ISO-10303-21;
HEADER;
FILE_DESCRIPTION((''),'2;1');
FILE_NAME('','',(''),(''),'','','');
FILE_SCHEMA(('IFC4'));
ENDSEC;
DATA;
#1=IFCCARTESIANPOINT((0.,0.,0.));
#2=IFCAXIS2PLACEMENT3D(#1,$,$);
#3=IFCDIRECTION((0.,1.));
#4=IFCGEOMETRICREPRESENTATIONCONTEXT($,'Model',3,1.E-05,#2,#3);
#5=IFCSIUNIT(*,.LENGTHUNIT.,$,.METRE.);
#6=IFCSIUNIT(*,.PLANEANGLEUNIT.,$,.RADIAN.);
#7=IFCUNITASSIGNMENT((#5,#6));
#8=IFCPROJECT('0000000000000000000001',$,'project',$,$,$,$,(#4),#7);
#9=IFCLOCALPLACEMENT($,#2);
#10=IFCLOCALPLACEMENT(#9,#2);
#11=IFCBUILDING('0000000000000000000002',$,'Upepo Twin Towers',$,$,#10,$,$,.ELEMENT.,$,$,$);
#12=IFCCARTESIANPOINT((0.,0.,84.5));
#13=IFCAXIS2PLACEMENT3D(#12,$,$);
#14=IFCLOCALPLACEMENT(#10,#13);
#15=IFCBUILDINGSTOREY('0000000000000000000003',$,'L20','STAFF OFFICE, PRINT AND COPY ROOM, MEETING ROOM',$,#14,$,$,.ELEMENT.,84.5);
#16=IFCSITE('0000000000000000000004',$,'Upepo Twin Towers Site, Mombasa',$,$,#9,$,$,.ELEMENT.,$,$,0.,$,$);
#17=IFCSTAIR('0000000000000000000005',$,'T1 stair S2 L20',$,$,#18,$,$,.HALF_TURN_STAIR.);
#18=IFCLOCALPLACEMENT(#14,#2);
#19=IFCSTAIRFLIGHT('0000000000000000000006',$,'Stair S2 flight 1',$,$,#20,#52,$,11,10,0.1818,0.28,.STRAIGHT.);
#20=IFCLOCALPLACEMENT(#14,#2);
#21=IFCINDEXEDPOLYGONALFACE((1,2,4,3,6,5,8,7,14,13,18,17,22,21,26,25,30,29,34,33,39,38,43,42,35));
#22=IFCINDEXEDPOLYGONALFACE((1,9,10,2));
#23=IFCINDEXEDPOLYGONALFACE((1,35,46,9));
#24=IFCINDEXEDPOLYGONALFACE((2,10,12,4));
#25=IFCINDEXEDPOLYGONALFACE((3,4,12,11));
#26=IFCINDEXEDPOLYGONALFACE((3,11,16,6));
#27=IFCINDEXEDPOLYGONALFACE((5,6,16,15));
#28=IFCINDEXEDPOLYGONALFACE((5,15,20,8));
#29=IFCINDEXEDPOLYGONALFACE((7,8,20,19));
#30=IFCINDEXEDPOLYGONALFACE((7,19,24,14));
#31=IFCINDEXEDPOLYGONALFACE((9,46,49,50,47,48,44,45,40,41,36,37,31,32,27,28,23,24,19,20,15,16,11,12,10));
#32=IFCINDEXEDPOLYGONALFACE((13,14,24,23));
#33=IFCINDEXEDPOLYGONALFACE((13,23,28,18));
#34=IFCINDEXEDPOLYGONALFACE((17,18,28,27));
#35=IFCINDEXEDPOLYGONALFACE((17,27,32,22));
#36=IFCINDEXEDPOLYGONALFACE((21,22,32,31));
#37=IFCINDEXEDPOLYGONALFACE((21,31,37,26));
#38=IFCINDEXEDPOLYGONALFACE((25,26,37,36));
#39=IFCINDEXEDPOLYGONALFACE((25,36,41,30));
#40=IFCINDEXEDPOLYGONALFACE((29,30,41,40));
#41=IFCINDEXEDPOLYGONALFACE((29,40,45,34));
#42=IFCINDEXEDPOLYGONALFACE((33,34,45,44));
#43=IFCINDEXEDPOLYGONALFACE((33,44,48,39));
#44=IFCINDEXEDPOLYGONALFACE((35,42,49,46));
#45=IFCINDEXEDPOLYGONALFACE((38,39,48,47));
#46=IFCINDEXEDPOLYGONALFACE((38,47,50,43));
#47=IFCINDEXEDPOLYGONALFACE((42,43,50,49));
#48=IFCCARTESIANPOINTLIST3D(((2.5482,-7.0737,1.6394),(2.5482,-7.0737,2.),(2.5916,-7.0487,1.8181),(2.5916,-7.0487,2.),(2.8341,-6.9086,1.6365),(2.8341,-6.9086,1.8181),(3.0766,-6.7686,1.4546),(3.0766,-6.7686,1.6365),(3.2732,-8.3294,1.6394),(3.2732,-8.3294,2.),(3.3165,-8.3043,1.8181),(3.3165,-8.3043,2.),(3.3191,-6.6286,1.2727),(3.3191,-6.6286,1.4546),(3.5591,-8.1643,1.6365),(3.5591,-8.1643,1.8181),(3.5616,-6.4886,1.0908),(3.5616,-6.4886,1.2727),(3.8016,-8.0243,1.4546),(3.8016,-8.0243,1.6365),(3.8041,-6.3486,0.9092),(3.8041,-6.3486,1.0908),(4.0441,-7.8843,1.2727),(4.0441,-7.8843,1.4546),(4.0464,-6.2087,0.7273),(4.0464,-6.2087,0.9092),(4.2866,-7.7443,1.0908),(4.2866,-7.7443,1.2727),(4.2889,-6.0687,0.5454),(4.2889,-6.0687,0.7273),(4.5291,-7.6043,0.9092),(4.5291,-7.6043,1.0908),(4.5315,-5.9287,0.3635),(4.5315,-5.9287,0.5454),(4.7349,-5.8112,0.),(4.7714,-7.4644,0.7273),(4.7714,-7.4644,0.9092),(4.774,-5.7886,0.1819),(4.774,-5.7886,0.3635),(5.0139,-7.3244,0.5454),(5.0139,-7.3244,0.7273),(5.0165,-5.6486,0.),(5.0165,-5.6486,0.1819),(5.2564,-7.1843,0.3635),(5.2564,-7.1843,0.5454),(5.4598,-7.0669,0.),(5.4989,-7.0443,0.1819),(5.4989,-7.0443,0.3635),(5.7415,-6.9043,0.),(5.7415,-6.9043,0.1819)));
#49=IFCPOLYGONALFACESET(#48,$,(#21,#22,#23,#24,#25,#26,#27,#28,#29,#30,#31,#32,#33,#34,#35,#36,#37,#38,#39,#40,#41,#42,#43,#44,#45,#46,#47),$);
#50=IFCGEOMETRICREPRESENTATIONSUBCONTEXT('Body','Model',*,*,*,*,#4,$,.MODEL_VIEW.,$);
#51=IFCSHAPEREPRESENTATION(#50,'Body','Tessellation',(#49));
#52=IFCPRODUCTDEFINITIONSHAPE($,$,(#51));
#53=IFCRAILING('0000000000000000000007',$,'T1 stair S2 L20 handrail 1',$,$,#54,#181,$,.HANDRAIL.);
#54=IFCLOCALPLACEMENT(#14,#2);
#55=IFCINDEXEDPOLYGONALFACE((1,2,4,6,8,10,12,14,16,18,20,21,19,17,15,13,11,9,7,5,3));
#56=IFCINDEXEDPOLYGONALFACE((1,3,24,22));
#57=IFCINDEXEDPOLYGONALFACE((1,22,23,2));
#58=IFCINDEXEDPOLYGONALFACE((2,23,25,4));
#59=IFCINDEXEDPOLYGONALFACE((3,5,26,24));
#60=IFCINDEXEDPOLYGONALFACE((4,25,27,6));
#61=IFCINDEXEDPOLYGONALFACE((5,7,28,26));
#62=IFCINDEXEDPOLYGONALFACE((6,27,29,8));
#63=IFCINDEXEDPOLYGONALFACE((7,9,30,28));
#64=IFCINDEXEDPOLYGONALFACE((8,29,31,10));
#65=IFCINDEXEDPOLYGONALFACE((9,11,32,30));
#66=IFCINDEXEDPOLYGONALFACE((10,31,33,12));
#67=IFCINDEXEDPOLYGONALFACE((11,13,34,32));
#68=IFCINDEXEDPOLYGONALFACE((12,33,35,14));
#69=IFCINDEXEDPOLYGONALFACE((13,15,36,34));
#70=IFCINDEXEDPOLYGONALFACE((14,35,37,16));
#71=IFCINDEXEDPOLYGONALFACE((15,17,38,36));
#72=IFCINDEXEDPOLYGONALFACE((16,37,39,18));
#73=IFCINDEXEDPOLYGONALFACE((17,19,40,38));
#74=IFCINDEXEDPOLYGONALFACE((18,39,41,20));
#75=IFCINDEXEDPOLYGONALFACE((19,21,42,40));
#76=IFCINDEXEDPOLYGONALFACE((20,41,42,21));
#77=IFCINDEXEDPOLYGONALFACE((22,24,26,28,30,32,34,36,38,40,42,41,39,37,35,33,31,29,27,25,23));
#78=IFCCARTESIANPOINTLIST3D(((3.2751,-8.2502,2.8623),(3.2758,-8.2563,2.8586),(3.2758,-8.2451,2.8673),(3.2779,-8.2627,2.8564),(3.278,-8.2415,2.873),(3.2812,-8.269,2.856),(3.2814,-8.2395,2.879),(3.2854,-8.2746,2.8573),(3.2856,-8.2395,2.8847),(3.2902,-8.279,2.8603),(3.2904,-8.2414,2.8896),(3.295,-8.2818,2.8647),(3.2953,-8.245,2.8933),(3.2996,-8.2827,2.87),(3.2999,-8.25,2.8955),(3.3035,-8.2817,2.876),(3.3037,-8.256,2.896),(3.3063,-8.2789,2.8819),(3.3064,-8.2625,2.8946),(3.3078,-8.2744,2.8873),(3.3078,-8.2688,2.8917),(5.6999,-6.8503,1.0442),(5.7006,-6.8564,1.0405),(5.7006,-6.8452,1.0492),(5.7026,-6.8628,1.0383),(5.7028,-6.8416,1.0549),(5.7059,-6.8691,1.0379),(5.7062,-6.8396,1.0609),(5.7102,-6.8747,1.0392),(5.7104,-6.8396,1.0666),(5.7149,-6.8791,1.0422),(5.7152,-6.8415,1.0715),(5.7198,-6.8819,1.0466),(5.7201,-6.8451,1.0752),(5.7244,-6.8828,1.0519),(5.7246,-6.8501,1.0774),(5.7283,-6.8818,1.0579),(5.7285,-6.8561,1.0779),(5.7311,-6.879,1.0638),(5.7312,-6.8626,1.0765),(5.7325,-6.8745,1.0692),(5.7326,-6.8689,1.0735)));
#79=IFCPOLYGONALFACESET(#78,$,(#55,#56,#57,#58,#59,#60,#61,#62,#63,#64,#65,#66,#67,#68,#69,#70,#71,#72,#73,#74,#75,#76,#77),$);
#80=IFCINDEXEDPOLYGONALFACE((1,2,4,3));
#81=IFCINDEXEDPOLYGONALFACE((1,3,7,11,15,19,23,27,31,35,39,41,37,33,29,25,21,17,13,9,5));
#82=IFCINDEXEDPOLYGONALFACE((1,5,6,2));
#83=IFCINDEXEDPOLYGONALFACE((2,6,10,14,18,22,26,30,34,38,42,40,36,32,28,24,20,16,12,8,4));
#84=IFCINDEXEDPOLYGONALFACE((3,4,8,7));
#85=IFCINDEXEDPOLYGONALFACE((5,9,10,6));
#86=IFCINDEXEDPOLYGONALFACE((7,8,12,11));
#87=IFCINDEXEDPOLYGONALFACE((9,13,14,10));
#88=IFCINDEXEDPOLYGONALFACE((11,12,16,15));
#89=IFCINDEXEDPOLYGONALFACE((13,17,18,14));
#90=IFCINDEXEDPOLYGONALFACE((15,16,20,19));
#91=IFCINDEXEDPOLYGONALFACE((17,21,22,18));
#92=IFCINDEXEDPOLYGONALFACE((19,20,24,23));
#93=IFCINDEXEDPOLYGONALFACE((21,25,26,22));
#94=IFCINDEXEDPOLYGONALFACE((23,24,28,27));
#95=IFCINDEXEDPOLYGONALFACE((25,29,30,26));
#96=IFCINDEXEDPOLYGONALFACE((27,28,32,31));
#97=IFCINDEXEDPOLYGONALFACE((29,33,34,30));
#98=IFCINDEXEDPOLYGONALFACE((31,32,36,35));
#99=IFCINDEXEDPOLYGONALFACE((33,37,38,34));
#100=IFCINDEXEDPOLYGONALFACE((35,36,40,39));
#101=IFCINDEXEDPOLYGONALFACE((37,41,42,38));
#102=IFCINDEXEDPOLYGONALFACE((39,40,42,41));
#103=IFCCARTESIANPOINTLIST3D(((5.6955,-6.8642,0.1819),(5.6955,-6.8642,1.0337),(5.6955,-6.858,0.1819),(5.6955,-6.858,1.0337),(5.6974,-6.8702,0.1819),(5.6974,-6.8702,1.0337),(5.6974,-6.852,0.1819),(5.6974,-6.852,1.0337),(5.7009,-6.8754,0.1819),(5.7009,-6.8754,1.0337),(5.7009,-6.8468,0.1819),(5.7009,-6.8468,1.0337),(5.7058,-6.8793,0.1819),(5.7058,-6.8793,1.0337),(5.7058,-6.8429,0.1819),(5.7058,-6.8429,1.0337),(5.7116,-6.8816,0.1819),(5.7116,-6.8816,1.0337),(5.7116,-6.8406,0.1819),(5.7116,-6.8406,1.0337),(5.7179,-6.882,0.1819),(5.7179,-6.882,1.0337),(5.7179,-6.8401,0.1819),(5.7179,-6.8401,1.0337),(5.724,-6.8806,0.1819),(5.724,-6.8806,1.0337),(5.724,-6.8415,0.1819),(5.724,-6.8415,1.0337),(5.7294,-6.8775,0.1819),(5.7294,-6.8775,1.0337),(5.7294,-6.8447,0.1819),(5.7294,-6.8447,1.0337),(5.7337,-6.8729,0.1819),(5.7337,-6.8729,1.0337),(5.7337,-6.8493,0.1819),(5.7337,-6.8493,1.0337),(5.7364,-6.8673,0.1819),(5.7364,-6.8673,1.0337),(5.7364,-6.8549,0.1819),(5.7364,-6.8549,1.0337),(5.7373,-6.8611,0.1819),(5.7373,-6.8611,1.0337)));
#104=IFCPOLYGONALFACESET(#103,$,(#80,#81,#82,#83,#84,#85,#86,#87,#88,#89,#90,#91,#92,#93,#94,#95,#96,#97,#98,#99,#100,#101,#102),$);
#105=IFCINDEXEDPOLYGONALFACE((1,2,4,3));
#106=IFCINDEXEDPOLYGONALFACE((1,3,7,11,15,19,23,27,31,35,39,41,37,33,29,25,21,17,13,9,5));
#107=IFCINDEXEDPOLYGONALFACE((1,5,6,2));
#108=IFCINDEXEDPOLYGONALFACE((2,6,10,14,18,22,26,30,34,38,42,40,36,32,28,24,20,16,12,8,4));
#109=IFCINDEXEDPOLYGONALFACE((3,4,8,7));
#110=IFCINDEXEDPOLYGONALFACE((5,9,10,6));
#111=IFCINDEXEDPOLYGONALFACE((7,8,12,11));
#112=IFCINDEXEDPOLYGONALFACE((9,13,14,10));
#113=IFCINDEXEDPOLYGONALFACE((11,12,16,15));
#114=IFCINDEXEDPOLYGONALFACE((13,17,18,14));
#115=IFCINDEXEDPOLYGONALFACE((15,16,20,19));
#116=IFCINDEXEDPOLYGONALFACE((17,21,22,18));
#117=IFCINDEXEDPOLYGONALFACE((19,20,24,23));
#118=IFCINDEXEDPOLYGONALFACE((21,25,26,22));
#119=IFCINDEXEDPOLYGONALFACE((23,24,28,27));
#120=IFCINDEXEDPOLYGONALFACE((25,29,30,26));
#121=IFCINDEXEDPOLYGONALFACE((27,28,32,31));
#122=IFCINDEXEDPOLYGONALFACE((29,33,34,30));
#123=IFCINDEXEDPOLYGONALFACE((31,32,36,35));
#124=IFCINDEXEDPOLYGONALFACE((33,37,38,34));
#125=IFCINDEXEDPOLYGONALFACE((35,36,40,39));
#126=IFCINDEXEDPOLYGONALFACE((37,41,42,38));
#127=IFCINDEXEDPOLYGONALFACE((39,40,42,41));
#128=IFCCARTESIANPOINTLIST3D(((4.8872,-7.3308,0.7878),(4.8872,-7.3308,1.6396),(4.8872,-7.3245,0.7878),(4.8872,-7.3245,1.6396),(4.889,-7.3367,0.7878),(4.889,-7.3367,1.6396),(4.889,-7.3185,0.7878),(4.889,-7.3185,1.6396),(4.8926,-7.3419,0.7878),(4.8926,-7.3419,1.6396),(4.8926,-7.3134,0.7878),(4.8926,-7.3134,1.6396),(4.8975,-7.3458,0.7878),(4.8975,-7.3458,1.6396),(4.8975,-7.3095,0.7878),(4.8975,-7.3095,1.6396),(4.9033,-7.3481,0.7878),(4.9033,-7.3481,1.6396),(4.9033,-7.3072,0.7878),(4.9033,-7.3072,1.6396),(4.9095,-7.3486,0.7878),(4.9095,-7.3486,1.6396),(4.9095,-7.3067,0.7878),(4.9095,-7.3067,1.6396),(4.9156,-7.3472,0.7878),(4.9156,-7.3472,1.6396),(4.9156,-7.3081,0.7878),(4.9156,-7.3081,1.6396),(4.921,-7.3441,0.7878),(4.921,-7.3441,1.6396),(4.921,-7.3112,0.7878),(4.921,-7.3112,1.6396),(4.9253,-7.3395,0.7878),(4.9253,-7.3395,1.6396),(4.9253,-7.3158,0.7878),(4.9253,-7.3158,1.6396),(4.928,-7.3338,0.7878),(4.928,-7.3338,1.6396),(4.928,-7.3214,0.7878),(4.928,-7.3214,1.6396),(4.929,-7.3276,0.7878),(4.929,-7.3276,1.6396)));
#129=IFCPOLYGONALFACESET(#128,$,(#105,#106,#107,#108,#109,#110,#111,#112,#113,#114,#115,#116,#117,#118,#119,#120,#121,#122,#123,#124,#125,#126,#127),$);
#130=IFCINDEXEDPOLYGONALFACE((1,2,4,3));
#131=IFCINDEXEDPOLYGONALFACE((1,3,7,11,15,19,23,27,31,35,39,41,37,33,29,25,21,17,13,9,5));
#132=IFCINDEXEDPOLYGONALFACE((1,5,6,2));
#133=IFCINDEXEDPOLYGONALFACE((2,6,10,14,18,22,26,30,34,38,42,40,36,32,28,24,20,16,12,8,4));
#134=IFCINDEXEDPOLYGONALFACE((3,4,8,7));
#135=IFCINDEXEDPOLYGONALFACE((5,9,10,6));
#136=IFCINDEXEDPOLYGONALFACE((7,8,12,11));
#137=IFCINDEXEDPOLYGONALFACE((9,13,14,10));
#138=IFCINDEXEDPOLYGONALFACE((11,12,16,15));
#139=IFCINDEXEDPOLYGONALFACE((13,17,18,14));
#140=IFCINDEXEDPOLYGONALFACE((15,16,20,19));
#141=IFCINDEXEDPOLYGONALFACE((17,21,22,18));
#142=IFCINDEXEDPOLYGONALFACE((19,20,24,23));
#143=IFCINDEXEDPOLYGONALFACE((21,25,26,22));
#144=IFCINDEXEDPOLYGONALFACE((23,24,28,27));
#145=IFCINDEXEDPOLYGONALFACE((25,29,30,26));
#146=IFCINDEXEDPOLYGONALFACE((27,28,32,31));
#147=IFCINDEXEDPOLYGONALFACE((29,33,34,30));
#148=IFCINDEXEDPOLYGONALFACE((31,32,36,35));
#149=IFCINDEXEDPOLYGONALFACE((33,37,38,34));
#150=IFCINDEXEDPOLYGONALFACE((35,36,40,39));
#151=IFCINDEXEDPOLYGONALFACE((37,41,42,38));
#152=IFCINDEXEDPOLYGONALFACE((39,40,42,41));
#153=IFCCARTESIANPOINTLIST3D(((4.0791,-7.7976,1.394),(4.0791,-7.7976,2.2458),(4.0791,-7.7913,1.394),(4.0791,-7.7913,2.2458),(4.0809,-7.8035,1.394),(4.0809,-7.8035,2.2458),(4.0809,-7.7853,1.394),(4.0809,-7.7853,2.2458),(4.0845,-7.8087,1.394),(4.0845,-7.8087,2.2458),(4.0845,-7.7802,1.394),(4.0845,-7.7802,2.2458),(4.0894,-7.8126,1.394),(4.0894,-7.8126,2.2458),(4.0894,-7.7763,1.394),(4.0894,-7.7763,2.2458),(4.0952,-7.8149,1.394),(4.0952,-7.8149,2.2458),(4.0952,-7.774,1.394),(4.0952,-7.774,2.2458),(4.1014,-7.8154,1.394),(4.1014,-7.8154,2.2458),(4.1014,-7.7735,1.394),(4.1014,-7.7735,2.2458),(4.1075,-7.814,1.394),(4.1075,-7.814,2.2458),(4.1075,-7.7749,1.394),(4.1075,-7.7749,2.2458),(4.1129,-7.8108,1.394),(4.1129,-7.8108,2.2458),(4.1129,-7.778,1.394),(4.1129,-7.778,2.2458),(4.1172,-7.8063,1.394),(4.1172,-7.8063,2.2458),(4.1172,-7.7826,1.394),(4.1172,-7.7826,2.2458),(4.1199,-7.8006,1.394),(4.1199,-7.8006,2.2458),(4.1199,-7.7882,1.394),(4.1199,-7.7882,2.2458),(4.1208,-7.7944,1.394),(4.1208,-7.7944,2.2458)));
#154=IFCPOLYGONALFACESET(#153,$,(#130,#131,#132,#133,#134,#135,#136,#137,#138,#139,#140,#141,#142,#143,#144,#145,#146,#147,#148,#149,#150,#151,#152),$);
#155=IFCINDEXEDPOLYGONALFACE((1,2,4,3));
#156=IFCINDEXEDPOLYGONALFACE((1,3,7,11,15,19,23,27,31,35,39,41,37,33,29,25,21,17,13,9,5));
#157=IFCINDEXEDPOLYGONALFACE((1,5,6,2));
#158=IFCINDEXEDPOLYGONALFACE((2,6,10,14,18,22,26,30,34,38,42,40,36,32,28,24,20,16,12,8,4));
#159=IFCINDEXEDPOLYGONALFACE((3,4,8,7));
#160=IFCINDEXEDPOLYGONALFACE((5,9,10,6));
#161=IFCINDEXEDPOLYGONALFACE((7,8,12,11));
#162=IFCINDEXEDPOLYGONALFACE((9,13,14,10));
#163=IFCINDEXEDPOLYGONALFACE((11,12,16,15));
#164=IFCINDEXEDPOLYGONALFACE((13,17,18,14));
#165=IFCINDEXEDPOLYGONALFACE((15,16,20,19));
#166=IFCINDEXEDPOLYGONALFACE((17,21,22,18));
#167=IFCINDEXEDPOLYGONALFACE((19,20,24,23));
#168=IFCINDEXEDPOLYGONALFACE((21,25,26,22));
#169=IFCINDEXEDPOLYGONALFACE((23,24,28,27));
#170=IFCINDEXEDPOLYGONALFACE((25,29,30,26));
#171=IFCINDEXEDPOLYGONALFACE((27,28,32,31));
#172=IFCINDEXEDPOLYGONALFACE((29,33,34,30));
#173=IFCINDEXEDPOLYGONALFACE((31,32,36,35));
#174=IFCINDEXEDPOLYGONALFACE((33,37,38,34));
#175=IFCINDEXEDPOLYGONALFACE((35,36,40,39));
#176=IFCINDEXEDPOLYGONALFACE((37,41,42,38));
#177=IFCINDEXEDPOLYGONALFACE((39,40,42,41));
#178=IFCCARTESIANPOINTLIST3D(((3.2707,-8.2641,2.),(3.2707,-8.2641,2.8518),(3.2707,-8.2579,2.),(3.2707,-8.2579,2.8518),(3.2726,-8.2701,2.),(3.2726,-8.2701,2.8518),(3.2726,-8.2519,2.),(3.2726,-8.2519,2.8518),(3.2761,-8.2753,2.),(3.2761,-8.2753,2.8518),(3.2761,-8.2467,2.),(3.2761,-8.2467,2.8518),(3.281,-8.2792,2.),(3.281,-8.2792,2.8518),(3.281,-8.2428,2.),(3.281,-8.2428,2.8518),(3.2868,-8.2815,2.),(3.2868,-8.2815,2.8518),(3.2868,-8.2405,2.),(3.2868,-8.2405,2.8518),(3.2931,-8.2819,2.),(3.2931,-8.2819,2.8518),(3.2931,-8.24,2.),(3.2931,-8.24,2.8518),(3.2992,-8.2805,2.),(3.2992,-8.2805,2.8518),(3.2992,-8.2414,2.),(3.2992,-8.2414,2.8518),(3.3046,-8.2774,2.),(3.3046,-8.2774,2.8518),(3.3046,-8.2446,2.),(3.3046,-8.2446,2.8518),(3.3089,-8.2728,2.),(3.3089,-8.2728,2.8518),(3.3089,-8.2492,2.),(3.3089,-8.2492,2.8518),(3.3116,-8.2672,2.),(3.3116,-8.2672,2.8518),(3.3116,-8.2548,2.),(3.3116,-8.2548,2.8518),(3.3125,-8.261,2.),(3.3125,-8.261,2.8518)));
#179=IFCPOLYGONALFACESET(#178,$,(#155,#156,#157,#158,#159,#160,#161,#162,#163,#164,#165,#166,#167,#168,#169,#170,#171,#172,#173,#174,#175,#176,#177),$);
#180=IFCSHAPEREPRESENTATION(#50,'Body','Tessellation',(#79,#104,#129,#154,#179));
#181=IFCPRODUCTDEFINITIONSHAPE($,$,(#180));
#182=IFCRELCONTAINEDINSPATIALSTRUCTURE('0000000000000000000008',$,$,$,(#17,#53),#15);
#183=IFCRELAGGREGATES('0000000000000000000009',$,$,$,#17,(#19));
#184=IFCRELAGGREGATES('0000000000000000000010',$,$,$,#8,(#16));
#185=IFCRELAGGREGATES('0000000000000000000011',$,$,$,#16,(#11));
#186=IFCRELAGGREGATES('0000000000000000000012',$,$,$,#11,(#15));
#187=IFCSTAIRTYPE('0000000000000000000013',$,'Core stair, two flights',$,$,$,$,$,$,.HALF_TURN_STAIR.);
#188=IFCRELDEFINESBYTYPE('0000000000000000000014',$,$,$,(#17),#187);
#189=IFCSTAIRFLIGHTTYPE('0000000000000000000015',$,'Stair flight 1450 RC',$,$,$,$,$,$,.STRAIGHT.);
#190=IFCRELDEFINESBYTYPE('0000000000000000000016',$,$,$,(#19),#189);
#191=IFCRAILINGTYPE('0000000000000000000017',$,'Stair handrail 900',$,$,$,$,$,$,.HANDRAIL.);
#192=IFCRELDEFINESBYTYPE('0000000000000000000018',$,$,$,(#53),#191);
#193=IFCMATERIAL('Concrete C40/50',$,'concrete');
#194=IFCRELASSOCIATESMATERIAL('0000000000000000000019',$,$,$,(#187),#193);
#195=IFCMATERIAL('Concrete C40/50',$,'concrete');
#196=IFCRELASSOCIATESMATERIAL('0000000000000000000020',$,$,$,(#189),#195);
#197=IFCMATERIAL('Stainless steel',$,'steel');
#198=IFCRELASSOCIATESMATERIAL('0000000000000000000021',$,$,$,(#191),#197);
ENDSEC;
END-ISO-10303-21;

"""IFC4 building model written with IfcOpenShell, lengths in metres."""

from ifc_helpers import new_model, si_unit, direction, frame, origin, origin_2d, place, context, subcontext, project, spatial, polyline, circle, outline, extrude, material, type_object, element, aggregate, save


model = new_model("IFC4")

# Units and contexts
model_context = context("Model", 3, precision=1e-05, world=origin(), true_north=direction((0.0, 1.0)))
body_context = subcontext(model_context, "Body", "Model", "MODEL_VIEW")
ifc_project = project(units=[si_unit("LENGTHUNIT", "METRE"), si_unit("PLANEANGLEUNIT", "RADIAN")], contexts=[model_context])

# Site, building, storey
site_placement = place(None, origin())
site = spatial("IfcSite", under=ifc_project, at=site_placement, Name="Upepo Twin Towers Site, Mombasa", CompositionType="ELEMENT", RefElevation=0.0)
building_placement = place(site_placement, origin())
building = spatial("IfcBuilding", under=site, at=building_placement, Name="Upepo Twin Towers", CompositionType="ELEMENT")
storey_placement = place(building_placement, frame((0.0, 0.0, 84.5)))
storey = spatial("IfcBuildingStorey", under=building, at=storey_placement, Name="L20", Description="STAFF OFFICE, PRINT AND COPY ROOM, MEETING ROOM", CompositionType="ELEMENT", Elevation=84.5)

# Stair, stair flight
ifc_material_1 = material(Name="Concrete C40/50", Category="concrete")
stair_type = type_object("IfcStairType", Name="Core stair, two flights", PredefinedType="HALF_TURN_STAIR", material=ifc_material_1)
stair_placement = place(storey_placement, origin())
stair = element("IfcStair", 1, at=stair_placement, inside=storey, type_object=stair_type, Name="T1 stair S2 L20", PredefinedType="HALF_TURN_STAIR")
ifc_material_2 = material(Name="Concrete C40/50", Category="concrete")
stair_flight_type = type_object("IfcStairFlightType", Name="Stair flight 1450 RC", PredefinedType="STRAIGHT", material=ifc_material_2)
stair_flight_placement = place(storey_placement, frame((5.3789, -6.2764, 0.0), z_axis=(0.0, 0.0, 1.0), x_axis=(-0.866025, -0.5, 0.0)))
stair_flight = element("IfcStairFlight", 2, at=stair_flight_placement, type_object=stair_flight_type, Name="Stair S2 flight 1", NumberOfRisers=11, NumberOfTreads=10, PredefinedType="STRAIGHT", RiserHeight=0.1818, TreadLength=0.28, context=body_context, shape_type="SweptSolid", body=[
    extrude(outline(polyline([(0.0, 0.0), (0.0, 0.1819), (0.28, 0.1819), (0.28, 0.3635), (0.5601, 0.3635), (0.5601, 0.5454), (0.8401, 0.5454), (0.8401, 0.7273), (1.1201, 0.7273), (1.1201, 0.9092), (1.3999, 0.9092), (1.3999, 1.0908), (1.6799, 1.0908), (1.6799, 1.2727), (1.96, 1.2727), (1.96, 1.4546), (2.24, 1.4546), (2.24, 1.6365), (2.52, 1.6365), (2.52, 1.8181), (2.8, 1.8181), (2.8, 2.0), (2.8501, 2.0), (2.8501, 1.6394), (0.3252, 0.0), (0.0, 0.0)])), frame((0.0, 0.7251, 0.0), z_axis=(0.0, -1.0, 0.0), x_axis=(1.0, 0.0, 0.0)), (0.0, 0.0, 1.0), 1.45),
])
aggregate(stair, [stair_flight])

# Railing
ifc_material_3 = material(Name="Stainless steel", Category="steel")
railing_type = type_object("IfcRailingType", Name="Stair handrail 900", PredefinedType="HANDRAIL", material=ifc_material_3)
railing_1_placement = place(storey_placement, frame((5.7163, -6.8611, 0.1819)))
element("IfcRailing", 3, at=railing_1_placement, inside=storey, type_object=railing_type, Name="T1 stair S2 L20 handrail 1", PredefinedType="HANDRAIL", context=body_context, shape_type="SweptSolid", body=[
    extrude(circle(Radius=0.0239, at=origin_2d()), frame((0.0, 0.0, 0.876), z_axis=(-0.726336, -0.419333, 0.544606), x_axis=(0.499984, -0.866035, 0.0)), (0.0, 0.0, 1.0), 3.3384),
    extrude(circle(Radius=0.021, at=origin_2d()), origin(), (0.0, 0.0, 1.0), 0.8518),
    extrude(circle(Radius=0.021, at=origin_2d()), frame((-0.8083, -0.4666, 0.606)), (0.0, 0.0, 1.0), 0.8518),
    extrude(circle(Radius=0.021, at=origin_2d()), frame((-1.6165, -0.9333, 1.2122)), (0.0, 0.0, 1.0), 0.8518),
    extrude(circle(Radius=0.021, at=origin_2d()), frame((-2.4248, -1.3999, 1.8181)), (0.0, 0.0, 1.0), 0.8518),
])

save(model, "model.ifc")
